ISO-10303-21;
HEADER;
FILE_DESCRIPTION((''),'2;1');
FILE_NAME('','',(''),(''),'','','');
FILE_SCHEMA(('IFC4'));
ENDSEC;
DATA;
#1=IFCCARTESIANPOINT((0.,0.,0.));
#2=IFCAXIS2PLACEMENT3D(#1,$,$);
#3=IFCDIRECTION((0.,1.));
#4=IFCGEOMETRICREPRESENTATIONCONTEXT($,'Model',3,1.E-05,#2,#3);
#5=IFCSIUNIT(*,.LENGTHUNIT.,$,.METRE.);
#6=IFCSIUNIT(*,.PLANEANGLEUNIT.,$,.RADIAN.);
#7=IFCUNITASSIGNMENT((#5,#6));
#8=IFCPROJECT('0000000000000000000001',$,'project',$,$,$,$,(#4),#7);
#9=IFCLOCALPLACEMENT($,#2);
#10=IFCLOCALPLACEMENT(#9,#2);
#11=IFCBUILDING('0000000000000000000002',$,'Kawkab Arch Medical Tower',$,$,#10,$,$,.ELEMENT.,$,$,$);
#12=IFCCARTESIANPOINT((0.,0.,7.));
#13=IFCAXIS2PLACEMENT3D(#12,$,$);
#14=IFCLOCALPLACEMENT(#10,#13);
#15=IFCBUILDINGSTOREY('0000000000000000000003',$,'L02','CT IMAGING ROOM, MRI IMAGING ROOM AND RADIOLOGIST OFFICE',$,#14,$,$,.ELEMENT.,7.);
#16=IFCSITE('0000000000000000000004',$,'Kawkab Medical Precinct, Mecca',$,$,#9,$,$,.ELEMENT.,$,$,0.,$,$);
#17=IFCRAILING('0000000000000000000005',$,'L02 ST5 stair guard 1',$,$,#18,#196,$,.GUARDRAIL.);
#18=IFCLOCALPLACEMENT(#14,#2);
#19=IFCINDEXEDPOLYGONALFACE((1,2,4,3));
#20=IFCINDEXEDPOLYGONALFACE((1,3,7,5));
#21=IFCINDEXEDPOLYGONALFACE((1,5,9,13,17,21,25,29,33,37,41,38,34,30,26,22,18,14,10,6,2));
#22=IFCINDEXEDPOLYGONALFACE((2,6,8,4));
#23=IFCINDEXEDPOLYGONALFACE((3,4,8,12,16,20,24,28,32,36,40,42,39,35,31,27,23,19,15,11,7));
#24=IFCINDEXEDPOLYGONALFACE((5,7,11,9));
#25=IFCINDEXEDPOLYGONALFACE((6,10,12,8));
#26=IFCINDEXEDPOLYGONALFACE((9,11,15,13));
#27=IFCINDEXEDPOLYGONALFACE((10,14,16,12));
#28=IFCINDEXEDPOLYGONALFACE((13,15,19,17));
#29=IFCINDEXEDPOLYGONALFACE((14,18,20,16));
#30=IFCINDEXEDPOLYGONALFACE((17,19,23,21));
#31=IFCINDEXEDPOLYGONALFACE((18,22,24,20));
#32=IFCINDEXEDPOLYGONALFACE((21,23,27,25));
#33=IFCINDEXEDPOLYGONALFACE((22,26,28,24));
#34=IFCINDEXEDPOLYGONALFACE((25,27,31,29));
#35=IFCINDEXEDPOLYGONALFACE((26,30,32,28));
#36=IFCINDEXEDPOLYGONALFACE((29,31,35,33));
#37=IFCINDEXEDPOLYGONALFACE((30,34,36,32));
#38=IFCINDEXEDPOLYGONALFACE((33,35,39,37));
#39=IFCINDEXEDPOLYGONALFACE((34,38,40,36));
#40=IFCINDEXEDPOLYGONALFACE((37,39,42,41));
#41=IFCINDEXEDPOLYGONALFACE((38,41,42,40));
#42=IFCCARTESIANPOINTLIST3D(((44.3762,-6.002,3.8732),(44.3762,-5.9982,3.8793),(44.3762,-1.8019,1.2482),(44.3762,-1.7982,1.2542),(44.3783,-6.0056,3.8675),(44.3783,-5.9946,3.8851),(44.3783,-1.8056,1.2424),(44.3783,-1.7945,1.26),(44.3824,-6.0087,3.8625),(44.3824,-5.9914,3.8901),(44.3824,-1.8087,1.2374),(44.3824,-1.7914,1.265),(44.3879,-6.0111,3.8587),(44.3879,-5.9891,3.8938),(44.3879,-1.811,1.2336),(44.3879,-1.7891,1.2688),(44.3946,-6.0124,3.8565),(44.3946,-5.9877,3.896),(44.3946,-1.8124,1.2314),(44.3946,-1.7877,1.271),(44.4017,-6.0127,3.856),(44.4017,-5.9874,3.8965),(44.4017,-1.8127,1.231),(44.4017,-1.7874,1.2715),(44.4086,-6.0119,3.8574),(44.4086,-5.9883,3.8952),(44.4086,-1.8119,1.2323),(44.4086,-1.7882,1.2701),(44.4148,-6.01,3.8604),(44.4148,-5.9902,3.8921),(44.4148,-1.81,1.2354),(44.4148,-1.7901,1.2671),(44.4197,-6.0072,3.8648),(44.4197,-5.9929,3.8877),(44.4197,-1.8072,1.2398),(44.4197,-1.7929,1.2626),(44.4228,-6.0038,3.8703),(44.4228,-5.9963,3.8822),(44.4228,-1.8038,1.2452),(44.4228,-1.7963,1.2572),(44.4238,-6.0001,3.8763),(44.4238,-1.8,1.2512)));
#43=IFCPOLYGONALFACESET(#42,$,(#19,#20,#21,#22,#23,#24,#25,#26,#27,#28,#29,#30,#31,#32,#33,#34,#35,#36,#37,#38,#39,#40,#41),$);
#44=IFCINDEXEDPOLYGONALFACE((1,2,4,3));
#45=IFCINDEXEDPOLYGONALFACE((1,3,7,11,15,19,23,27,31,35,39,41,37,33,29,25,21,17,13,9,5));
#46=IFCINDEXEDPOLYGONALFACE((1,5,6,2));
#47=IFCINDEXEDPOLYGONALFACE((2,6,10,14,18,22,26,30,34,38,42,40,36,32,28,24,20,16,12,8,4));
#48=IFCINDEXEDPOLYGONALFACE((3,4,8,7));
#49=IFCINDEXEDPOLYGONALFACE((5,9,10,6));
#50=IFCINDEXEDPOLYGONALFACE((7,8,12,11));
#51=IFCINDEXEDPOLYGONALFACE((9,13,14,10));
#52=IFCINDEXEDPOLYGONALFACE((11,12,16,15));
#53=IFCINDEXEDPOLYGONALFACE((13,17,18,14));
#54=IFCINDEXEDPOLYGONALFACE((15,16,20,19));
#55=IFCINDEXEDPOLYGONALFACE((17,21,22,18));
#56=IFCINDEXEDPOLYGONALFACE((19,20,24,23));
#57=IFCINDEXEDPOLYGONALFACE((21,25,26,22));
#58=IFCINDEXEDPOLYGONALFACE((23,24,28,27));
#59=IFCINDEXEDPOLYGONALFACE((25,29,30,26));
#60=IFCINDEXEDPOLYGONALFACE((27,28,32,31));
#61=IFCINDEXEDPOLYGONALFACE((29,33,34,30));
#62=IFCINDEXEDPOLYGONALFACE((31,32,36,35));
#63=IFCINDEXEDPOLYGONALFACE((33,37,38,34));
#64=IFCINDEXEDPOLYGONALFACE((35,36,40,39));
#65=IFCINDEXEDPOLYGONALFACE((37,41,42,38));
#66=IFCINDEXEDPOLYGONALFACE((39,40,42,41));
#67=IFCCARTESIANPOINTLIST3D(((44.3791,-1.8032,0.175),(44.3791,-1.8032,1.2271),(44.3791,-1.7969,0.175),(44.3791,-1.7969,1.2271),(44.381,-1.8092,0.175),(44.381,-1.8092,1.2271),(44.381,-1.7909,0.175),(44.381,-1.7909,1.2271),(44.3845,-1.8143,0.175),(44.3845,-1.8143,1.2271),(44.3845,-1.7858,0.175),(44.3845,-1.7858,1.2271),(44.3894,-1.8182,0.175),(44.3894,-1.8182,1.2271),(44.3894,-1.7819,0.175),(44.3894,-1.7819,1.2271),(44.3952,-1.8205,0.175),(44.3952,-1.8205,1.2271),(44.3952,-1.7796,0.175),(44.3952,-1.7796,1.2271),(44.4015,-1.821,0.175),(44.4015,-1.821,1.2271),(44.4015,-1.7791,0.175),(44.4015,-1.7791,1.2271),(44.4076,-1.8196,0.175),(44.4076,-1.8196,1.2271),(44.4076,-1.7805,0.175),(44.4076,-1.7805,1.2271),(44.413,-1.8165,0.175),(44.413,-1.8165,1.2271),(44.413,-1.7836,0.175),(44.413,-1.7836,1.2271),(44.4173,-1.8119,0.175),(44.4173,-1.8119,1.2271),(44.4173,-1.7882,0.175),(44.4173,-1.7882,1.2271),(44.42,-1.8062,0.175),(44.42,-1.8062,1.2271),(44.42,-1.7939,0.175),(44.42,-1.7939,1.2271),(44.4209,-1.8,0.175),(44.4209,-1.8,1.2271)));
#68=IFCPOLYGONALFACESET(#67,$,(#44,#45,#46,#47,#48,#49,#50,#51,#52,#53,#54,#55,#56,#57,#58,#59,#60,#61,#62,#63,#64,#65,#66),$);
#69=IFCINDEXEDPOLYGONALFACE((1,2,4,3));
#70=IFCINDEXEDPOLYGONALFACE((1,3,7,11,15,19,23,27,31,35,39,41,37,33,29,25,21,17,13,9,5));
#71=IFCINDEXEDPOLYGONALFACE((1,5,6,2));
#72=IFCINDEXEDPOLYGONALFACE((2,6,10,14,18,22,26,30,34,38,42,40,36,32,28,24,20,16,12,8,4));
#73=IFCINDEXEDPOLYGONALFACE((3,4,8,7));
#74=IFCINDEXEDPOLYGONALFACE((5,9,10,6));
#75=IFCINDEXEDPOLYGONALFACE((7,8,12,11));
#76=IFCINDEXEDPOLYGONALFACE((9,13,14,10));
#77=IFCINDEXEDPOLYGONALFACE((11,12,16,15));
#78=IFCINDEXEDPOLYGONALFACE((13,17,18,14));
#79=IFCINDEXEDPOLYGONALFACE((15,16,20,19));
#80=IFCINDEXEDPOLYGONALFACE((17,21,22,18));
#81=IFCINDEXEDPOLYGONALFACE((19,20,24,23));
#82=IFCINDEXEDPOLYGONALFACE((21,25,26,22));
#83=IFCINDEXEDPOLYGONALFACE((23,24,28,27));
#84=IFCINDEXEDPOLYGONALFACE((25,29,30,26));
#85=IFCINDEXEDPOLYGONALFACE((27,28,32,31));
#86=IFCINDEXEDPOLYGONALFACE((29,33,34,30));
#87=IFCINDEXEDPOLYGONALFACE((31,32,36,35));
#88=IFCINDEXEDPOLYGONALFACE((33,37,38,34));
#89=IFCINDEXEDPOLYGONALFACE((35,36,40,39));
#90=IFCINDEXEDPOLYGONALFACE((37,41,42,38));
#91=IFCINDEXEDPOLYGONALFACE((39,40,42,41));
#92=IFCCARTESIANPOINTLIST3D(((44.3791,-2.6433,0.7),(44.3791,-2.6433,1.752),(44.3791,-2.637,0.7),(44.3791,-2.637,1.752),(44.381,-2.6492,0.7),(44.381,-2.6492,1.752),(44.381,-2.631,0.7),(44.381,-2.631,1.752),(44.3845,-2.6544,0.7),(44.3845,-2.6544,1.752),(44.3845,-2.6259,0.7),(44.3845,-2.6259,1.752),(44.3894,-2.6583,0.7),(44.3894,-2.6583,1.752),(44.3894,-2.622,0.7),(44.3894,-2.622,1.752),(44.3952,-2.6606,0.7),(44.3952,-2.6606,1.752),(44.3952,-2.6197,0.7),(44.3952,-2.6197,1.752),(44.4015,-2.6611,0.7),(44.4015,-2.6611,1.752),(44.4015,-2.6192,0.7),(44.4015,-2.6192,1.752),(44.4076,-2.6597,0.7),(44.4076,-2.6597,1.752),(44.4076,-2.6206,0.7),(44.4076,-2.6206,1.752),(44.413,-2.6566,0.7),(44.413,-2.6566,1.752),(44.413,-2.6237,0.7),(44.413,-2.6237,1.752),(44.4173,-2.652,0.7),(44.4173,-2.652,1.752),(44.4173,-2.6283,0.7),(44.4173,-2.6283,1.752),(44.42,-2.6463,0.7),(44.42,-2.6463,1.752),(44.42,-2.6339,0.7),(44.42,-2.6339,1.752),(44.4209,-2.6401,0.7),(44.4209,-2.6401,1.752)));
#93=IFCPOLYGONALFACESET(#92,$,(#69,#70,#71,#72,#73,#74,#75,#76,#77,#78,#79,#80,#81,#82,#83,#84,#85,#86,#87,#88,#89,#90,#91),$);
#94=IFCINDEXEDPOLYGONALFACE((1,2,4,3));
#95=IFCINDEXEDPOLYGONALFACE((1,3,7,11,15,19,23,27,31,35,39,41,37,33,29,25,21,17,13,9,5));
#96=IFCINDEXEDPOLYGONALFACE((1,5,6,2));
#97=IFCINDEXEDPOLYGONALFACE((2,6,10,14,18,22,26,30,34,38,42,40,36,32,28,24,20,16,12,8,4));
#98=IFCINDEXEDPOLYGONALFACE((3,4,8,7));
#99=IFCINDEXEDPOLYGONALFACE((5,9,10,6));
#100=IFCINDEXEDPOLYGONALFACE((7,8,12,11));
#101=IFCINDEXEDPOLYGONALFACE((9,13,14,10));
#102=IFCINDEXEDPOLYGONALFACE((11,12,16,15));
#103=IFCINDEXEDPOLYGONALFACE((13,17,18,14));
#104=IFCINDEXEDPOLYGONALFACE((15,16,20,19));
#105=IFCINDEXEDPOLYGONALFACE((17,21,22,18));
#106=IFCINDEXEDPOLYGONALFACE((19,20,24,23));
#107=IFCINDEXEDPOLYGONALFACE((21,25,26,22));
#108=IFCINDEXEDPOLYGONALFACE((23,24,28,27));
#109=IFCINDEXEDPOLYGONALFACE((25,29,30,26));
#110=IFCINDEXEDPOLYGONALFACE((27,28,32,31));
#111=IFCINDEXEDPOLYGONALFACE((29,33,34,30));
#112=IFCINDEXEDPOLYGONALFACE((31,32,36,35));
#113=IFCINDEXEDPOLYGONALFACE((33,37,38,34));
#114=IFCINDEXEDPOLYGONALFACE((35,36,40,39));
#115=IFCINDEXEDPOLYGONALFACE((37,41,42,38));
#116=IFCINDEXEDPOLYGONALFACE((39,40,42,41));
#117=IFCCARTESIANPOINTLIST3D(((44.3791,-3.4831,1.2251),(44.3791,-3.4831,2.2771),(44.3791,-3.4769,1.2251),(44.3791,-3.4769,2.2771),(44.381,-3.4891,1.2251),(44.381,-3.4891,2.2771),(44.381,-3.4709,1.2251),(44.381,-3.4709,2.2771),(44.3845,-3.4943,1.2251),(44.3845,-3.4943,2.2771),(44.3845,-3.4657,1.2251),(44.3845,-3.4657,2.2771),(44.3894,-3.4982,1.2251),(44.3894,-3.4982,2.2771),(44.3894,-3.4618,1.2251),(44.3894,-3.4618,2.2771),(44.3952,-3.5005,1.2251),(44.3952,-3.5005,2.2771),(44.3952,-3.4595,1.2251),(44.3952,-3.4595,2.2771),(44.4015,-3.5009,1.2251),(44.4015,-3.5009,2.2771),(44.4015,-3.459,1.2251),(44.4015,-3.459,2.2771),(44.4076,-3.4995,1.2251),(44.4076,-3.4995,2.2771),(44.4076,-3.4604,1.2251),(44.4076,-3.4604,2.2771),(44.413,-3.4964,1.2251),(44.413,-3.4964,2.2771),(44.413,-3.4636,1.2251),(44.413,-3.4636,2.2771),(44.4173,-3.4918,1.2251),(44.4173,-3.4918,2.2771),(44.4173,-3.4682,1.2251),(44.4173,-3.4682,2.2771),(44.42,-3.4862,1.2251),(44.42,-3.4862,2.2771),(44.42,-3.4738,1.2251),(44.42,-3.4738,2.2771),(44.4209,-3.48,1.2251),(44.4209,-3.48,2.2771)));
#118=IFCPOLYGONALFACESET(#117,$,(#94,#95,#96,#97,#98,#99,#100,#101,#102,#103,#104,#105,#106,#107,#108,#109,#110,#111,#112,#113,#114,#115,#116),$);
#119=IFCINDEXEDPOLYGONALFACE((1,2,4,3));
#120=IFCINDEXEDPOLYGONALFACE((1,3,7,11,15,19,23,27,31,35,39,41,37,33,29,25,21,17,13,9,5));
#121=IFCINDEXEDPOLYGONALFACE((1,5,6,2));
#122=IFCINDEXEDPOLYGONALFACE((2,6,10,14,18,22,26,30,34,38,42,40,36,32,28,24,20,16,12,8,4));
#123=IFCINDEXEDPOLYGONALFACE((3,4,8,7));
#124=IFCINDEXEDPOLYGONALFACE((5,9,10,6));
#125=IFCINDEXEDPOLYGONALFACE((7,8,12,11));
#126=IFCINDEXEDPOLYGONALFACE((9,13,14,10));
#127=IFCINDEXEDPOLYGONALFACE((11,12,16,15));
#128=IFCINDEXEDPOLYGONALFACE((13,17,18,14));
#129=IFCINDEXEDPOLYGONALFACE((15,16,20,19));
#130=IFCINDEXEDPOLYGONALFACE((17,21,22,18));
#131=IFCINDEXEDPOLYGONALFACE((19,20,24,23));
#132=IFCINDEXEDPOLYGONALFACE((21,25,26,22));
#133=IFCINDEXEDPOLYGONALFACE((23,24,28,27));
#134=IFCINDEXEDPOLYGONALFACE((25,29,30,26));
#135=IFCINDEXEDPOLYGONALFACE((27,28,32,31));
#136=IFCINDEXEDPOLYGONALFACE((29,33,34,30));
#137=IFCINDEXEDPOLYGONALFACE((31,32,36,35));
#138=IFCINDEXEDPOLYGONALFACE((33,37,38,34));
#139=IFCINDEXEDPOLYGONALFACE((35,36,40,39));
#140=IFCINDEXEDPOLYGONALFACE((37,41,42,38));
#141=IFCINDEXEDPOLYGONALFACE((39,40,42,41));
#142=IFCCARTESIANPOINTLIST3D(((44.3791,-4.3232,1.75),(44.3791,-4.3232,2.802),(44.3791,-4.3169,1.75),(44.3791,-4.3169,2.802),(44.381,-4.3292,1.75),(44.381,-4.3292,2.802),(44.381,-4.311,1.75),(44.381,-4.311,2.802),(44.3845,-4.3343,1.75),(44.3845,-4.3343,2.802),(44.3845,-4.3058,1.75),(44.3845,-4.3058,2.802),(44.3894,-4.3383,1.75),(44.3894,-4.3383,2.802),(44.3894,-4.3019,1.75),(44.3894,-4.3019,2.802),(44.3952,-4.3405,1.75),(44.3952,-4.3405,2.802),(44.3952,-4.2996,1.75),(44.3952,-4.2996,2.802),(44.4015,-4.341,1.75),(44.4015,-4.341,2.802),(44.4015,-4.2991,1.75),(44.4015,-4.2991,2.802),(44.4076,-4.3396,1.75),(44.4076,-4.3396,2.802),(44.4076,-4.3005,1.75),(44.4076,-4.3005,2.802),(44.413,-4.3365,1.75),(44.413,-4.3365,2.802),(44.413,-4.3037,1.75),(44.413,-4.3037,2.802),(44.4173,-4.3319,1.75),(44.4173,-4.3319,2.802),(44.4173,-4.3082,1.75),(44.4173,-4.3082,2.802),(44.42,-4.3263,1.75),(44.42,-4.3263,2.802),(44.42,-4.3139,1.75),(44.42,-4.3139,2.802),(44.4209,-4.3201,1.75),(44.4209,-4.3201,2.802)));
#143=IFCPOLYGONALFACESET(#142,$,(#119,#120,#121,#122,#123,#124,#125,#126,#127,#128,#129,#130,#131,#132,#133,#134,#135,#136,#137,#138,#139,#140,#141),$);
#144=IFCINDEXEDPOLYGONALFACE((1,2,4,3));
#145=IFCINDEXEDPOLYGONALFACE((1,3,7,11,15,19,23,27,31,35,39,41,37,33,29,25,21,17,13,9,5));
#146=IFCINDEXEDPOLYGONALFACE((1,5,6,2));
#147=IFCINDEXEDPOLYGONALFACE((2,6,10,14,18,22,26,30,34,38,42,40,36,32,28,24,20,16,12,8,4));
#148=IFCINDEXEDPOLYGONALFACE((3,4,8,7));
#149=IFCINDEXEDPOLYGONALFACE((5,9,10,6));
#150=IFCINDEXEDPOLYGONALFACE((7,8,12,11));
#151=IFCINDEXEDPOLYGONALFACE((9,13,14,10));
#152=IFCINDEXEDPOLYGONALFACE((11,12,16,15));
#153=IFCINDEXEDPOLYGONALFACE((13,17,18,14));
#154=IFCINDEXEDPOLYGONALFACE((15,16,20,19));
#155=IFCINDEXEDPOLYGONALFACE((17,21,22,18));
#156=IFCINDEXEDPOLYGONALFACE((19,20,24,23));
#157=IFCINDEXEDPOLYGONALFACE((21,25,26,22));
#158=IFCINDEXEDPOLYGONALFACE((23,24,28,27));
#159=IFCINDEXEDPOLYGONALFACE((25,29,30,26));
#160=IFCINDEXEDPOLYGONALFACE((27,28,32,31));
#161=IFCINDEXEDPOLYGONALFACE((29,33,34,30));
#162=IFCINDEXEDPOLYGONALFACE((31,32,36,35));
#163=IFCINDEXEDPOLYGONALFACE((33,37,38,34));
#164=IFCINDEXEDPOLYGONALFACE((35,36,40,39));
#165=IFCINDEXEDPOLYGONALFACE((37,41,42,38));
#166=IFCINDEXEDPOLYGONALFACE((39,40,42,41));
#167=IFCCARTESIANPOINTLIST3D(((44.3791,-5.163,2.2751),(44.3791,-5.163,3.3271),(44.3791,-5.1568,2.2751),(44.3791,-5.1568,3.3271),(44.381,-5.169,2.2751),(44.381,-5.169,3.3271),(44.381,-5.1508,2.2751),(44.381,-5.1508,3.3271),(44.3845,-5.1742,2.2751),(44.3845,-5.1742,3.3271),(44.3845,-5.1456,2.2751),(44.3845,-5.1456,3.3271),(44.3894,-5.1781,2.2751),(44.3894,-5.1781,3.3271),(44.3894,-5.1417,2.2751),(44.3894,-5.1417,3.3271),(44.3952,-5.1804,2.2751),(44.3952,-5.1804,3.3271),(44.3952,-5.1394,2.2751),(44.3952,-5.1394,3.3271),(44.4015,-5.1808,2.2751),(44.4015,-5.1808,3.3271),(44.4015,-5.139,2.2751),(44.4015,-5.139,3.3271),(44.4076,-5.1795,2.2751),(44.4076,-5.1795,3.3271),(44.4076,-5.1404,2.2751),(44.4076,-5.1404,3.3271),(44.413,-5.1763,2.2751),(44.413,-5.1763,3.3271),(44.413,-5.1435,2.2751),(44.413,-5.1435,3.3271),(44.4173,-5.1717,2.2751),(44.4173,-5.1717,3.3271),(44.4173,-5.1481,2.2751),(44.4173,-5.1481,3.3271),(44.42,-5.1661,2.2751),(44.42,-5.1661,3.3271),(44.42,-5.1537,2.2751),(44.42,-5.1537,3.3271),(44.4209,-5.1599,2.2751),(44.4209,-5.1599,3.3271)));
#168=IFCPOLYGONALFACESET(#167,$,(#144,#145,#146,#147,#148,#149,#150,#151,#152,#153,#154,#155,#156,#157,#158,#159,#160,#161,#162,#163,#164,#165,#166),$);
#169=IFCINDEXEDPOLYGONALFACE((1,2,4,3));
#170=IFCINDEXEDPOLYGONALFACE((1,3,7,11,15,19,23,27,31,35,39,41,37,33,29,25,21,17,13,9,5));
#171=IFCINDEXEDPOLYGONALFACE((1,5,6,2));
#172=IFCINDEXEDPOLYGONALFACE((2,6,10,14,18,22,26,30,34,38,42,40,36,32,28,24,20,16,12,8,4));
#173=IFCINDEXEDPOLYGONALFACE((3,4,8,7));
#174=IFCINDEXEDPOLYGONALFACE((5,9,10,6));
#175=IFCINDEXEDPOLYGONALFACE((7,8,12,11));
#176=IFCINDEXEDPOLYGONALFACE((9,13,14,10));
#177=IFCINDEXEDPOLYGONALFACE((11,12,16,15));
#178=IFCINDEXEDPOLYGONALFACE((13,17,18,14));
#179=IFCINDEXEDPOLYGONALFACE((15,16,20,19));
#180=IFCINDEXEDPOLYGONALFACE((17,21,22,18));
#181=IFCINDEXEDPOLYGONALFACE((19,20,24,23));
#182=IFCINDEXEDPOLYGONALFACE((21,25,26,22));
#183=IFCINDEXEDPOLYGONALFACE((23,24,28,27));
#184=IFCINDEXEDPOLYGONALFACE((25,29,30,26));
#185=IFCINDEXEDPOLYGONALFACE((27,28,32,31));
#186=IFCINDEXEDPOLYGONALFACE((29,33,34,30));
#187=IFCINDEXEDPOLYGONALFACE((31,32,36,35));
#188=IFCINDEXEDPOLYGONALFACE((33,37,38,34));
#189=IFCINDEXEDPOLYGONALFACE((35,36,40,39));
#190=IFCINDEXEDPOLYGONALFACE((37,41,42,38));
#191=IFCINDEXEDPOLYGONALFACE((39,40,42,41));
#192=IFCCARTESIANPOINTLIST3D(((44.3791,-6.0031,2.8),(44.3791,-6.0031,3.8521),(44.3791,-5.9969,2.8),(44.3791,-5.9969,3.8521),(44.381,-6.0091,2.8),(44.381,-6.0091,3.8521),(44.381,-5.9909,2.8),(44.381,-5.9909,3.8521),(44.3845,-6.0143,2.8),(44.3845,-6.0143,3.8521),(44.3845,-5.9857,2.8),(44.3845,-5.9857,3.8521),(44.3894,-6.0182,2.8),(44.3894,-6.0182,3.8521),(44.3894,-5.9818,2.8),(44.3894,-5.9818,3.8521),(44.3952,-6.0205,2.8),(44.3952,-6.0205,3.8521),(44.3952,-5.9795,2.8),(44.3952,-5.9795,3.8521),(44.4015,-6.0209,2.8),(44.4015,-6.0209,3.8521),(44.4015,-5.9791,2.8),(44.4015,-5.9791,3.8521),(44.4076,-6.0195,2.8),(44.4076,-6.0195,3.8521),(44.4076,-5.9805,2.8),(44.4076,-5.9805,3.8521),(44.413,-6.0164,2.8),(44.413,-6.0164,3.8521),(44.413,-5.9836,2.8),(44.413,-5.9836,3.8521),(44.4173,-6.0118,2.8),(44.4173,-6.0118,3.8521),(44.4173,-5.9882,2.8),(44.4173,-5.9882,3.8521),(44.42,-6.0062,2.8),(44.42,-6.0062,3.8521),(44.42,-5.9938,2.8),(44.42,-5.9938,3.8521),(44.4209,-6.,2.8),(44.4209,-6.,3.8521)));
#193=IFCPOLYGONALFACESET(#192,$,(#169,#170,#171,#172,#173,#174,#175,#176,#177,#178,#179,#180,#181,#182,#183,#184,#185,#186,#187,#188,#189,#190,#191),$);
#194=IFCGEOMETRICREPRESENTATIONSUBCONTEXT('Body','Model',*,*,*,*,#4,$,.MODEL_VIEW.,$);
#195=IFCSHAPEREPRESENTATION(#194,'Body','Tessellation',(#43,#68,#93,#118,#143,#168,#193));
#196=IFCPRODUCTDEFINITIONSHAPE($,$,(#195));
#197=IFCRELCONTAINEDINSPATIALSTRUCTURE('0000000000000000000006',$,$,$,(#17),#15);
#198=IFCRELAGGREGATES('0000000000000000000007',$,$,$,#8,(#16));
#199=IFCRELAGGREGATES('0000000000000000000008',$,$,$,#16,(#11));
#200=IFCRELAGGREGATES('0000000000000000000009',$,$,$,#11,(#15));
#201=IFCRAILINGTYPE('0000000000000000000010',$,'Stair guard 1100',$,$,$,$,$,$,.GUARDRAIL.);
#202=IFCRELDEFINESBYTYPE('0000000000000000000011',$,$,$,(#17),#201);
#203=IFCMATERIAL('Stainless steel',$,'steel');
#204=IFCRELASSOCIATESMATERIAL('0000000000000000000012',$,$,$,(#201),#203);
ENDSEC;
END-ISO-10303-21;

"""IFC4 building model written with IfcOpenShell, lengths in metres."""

from ifc_helpers import new_model, si_unit, direction, frame, origin, origin_2d, place, context, subcontext, project, spatial, circle, extrude, material, type_object, element, save


model = new_model("IFC4")

# Units and contexts
model_context = context("Model", 3, precision=1e-05, world=origin(), true_north=direction((0.0, 1.0)))
body_context = subcontext(model_context, "Body", "Model", "MODEL_VIEW")
ifc_project = project(units=[si_unit("LENGTHUNIT", "METRE"), si_unit("PLANEANGLEUNIT", "RADIAN")], contexts=[model_context])

# Site, building, storey
site_placement = place(None, origin())
site = spatial("IfcSite", under=ifc_project, at=site_placement, Name="Kawkab Medical Precinct, Mecca", CompositionType="ELEMENT", RefElevation=0.0)
building_placement = place(site_placement, origin())
building = spatial("IfcBuilding", under=site, at=building_placement, Name="Kawkab Arch Medical Tower", CompositionType="ELEMENT")
storey_placement = place(building_placement, frame((0.0, 0.0, 7.0)))
storey = spatial("IfcBuildingStorey", under=building, at=storey_placement, Name="L02", Description="CT IMAGING ROOM, MRI IMAGING ROOM AND RADIOLOGIST OFFICE", CompositionType="ELEMENT", Elevation=7.0)

# Railing
ifc_material_1 = material(Name="Stainless steel", Category="steel")
railing_type = type_object("IfcRailingType", Name="Stair guard 1100", PredefinedType="GUARDRAIL", material=ifc_material_1)
railing_1_placement = place(storey_placement, frame((44.3999, -1.8, 0.175)))
element("IfcRailing", 1, at=railing_1_placement, inside=storey, type_object=railing_type, Name="L02 ST5 stair guard 1", PredefinedType="GUARDRAIL", context=body_context, shape_type="SweptSolid", body=[
    extrude(circle(Radius=0.0239, at=origin_2d()), frame((0.0, 0.0, 1.0762), z_axis=(0.0, -0.847996, 0.530003), x_axis=(1.0, 0.0, 0.0)), (0.0, 0.0, 1.0), 4.9529),
    extrude(circle(Radius=0.021, at=origin_2d()), origin(), (0.0, 0.0, 1.0), 1.052),
    extrude(circle(Radius=0.021, at=origin_2d()), frame((0.0, -0.8401, 0.5249)), (0.0, 0.0, 1.0), 1.052),
    extrude(circle(Radius=0.021, at=origin_2d()), frame((0.0, -1.6799, 1.05)), (0.0, 0.0, 1.0), 1.052),
    extrude(circle(Radius=0.021, at=origin_2d()), frame((0.0, -2.52, 1.575)), (0.0, 0.0, 1.0), 1.052),
    extrude(circle(Radius=0.021, at=origin_2d()), frame((0.0, -3.3599, 2.1001)), (0.0, 0.0, 1.0), 1.052),
    extrude(circle(Radius=0.021, at=origin_2d()), frame((0.0, -4.2, 2.625)), (0.0, 0.0, 1.0), 1.052),
])

save(model, "model.ifc")
